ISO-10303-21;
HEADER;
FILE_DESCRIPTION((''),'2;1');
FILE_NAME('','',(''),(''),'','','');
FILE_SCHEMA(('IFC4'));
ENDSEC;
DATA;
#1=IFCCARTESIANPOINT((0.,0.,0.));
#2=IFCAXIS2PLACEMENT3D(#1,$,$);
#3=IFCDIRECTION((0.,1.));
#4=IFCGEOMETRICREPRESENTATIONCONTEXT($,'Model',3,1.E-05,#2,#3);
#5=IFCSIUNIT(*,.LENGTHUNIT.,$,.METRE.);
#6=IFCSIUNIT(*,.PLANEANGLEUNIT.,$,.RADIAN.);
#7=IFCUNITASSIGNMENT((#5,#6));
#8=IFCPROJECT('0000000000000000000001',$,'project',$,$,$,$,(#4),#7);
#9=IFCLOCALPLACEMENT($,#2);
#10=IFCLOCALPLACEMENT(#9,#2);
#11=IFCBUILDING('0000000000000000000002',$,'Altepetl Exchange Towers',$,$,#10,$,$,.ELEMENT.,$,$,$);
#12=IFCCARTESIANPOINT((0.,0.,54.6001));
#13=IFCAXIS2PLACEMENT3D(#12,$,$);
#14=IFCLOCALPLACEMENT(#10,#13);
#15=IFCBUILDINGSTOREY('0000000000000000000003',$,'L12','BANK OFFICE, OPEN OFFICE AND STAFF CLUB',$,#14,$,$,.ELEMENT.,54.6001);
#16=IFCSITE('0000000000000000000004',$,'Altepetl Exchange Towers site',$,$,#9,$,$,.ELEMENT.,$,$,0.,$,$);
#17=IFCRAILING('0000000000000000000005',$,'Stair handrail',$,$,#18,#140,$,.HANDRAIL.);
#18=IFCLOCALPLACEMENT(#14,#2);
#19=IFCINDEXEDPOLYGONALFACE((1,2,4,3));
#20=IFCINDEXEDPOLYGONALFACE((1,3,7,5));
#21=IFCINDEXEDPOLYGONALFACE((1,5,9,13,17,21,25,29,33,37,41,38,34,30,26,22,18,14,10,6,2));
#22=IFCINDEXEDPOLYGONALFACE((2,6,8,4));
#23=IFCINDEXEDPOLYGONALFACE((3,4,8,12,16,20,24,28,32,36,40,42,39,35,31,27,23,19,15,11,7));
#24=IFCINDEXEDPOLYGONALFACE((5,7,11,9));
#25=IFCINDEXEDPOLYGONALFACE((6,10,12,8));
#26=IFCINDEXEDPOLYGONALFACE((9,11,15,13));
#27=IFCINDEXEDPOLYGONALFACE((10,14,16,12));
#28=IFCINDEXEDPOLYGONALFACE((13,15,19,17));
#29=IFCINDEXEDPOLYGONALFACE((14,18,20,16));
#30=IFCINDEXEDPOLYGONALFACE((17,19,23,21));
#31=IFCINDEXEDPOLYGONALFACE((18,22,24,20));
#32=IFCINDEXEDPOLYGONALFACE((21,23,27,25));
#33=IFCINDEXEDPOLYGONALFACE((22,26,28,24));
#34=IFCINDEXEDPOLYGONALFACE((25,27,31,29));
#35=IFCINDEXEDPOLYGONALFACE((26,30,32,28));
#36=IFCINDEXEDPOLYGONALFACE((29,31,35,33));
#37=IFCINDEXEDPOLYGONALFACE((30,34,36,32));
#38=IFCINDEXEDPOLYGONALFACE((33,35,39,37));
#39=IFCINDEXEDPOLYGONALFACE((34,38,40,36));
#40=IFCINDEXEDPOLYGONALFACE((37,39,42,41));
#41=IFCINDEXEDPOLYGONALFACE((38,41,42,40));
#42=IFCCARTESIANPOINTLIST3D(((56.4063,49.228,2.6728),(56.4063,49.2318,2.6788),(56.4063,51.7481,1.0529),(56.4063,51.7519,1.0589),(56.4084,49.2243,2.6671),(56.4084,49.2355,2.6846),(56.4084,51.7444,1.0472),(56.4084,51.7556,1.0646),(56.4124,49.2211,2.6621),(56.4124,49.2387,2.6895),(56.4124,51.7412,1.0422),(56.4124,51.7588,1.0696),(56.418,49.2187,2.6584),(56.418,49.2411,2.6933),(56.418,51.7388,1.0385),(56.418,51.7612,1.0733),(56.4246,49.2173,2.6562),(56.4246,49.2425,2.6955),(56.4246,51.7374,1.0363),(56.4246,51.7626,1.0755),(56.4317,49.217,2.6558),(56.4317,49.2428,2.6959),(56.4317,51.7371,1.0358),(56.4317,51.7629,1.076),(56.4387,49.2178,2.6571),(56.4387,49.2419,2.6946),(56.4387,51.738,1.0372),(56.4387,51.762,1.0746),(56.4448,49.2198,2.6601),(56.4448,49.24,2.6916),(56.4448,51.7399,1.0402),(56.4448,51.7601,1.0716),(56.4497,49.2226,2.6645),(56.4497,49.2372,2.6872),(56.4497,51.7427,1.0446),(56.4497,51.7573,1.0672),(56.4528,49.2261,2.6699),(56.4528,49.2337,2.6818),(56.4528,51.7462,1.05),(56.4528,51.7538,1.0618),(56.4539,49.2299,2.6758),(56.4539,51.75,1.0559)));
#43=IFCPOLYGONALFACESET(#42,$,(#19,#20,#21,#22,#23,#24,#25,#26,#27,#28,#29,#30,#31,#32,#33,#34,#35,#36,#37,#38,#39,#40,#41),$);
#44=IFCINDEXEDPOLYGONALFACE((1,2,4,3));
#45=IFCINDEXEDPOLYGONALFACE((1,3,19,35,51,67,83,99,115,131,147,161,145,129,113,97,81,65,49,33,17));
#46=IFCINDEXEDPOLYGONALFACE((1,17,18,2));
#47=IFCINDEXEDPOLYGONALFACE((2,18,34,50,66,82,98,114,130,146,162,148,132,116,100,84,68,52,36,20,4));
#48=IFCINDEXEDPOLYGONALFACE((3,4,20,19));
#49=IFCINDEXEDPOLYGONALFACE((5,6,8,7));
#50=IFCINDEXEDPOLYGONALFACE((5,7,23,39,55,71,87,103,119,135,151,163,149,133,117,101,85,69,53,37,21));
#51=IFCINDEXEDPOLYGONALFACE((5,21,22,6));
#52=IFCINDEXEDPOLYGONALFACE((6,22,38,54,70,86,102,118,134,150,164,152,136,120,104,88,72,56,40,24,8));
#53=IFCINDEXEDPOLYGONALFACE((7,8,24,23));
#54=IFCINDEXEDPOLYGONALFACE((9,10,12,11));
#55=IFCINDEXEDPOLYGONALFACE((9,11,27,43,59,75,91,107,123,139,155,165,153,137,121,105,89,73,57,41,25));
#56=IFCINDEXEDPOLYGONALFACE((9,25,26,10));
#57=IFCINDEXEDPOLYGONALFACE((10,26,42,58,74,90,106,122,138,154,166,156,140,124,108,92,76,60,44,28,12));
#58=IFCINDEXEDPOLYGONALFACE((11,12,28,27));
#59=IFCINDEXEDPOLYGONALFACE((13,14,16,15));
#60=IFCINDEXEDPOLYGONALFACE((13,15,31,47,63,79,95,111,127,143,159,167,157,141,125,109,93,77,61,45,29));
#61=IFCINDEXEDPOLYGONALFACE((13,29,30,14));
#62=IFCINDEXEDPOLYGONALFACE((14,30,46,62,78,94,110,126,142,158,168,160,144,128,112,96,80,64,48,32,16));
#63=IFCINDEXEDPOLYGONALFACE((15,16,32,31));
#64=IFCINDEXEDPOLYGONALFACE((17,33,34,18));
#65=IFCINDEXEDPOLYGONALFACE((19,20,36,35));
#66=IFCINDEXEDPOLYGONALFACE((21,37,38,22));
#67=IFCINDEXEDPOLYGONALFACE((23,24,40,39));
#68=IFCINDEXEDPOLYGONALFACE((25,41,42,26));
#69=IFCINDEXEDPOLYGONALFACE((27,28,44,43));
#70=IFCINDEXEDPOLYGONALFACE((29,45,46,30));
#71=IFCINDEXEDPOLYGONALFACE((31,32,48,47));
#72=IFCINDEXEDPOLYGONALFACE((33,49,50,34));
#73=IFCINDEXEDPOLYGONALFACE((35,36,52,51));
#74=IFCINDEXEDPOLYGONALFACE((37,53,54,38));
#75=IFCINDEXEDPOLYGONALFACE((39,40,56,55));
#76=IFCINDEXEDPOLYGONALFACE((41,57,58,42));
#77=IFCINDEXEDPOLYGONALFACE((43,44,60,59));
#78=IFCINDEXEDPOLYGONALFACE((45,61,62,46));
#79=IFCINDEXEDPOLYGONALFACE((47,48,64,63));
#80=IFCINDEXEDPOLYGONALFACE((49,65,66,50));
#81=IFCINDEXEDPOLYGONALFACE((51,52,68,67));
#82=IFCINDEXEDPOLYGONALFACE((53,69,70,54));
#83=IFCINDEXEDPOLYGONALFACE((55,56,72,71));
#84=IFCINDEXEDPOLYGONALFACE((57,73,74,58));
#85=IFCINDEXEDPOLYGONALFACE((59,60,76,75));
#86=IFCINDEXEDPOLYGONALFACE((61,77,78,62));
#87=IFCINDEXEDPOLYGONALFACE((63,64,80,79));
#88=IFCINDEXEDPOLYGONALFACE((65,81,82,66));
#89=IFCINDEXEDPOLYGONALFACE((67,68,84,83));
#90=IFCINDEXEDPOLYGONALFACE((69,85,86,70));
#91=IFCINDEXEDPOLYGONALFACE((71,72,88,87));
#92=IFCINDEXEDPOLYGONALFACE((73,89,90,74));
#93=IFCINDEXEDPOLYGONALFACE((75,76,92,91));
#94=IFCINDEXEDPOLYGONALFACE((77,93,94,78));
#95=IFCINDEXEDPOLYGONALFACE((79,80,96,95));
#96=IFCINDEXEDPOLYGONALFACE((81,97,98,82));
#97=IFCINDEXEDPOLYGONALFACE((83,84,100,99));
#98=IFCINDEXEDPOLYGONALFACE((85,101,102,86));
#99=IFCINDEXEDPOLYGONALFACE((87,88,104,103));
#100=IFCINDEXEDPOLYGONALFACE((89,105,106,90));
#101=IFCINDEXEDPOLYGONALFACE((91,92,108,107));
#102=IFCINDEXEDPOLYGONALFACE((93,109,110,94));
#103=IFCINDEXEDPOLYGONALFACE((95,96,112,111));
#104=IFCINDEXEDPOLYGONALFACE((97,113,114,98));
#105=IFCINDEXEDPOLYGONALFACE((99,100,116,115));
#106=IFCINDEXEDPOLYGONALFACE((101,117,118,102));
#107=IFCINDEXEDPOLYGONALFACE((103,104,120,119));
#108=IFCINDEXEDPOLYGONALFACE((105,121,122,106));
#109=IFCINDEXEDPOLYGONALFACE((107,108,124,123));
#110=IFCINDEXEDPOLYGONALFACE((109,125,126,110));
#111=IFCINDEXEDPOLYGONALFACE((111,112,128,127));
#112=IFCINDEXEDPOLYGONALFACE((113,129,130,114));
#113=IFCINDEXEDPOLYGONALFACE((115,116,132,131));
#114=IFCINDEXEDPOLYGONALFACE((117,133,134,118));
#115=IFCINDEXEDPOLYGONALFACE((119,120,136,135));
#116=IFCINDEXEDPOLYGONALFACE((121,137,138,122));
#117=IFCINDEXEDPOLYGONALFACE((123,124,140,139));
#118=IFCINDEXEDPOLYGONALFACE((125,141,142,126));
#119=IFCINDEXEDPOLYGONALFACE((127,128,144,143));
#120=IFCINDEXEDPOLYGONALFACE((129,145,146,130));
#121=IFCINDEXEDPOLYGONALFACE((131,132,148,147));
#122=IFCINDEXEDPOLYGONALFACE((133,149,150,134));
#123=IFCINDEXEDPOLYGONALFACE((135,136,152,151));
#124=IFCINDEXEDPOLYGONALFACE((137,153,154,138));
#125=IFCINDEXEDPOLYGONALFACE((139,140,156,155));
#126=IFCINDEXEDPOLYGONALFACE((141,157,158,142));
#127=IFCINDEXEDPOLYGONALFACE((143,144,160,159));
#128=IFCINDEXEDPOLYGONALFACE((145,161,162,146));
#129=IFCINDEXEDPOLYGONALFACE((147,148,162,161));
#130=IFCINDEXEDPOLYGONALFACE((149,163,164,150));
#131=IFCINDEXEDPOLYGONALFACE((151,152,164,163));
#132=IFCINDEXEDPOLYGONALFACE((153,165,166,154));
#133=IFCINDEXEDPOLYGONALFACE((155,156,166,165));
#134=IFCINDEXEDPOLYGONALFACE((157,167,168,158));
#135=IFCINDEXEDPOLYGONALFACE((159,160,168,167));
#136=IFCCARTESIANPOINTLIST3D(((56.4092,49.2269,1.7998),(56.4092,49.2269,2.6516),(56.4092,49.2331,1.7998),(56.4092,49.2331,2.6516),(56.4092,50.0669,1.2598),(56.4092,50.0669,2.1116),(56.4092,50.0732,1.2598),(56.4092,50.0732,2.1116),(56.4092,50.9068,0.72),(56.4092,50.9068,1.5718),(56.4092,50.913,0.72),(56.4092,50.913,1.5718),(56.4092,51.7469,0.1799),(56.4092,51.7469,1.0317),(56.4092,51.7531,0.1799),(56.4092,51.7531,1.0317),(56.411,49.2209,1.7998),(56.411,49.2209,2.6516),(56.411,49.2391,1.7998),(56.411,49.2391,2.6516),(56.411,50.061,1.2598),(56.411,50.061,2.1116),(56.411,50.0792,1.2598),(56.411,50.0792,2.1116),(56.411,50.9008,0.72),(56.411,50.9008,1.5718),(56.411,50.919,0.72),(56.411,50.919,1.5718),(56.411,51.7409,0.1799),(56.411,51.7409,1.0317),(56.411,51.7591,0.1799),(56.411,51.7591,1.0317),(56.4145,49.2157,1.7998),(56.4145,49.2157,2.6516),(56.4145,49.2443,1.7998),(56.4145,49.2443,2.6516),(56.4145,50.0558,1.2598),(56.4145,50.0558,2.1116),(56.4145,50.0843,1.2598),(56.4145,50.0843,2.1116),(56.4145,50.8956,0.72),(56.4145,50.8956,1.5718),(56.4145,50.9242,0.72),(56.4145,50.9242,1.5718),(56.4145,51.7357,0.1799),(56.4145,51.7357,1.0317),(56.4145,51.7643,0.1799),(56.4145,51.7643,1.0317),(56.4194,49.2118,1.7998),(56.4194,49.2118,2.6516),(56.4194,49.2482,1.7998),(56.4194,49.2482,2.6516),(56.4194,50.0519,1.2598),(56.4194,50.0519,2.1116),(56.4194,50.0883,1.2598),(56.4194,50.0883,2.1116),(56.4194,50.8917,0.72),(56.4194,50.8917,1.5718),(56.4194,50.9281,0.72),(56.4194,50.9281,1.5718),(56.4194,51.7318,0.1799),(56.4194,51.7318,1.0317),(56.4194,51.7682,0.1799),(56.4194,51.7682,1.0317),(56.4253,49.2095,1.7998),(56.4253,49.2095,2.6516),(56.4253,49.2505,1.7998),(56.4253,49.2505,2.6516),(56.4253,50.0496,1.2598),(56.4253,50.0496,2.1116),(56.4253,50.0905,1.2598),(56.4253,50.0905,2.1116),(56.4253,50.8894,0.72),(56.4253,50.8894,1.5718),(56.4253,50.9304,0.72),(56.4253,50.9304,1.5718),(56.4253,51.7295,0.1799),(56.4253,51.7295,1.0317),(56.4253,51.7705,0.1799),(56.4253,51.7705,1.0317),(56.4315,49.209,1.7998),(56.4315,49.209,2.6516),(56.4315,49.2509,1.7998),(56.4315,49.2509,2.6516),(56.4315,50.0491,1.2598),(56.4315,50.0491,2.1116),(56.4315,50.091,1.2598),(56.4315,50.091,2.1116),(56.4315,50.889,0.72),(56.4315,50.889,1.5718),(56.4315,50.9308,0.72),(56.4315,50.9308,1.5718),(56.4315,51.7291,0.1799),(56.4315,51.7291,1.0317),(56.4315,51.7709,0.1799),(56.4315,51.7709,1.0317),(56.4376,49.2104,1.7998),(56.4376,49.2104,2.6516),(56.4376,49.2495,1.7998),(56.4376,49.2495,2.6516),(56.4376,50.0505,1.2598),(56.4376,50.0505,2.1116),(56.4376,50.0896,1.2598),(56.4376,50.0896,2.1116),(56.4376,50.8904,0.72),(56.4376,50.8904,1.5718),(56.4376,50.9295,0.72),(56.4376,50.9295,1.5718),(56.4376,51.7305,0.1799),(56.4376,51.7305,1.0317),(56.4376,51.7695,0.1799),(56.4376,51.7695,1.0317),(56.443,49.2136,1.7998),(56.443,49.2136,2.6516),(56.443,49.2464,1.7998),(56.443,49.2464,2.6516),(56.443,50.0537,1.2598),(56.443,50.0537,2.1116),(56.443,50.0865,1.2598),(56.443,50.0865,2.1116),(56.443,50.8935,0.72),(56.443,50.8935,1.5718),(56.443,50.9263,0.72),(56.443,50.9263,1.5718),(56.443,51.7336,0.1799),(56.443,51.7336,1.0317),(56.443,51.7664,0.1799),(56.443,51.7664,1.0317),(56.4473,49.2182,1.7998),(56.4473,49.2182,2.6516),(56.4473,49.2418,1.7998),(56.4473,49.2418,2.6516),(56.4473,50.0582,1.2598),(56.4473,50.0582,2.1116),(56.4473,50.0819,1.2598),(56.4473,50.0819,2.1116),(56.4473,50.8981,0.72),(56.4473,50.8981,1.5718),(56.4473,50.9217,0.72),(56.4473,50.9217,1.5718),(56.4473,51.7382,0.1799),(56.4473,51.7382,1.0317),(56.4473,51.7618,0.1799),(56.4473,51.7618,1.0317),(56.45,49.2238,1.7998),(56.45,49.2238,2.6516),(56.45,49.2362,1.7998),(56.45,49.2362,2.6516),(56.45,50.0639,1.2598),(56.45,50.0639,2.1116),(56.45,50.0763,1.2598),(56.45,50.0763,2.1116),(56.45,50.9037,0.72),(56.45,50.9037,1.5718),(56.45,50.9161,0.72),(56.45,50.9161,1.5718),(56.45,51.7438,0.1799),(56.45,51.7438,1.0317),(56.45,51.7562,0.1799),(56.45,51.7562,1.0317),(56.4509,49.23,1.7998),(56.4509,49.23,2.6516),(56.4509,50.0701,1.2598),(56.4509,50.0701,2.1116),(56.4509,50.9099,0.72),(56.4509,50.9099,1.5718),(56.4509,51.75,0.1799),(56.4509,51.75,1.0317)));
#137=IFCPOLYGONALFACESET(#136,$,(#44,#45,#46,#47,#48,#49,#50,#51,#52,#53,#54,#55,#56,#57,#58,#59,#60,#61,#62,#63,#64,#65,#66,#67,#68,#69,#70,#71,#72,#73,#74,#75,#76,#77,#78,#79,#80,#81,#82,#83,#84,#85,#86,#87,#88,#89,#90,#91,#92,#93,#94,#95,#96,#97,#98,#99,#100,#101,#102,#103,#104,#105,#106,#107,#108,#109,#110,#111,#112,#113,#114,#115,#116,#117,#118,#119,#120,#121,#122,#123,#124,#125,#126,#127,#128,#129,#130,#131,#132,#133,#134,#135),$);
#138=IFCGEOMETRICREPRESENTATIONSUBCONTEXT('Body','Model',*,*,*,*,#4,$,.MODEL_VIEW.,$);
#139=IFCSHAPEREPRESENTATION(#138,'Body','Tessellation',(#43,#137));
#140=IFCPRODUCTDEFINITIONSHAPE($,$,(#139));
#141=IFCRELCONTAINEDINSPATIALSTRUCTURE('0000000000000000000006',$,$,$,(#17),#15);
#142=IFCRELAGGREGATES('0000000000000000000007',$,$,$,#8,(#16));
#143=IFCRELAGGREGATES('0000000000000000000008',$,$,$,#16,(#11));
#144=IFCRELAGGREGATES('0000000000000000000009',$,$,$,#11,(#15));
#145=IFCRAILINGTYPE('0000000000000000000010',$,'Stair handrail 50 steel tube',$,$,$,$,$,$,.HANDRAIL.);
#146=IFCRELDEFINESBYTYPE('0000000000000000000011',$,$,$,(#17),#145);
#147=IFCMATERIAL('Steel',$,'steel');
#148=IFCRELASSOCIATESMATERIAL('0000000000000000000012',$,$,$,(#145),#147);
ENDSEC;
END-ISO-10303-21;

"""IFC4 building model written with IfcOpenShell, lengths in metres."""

from ifc_helpers import new_model, si_unit, direction, frame, origin, origin_2d, place, context, subcontext, project, spatial, circle, extrude, source, transform, mapped, material, type_object, element, save


model = new_model("IFC4")

# Units and contexts
model_context = context("Model", 3, precision=1e-05, world=origin(), true_north=direction((0.0, 1.0)))
body_context = subcontext(model_context, "Body", "Model", "MODEL_VIEW")
ifc_project = project(units=[si_unit("LENGTHUNIT", "METRE"), si_unit("PLANEANGLEUNIT", "RADIAN")], contexts=[model_context])

# Site, building, storey
site_placement = place(None, origin())
site = spatial("IfcSite", under=ifc_project, at=site_placement, Name="Altepetl Exchange Towers site", CompositionType="ELEMENT", RefElevation=0.0)
building_placement = place(site_placement, origin())
building = spatial("IfcBuilding", under=site, at=building_placement, Name="Altepetl Exchange Towers", CompositionType="ELEMENT")
storey_placement = place(building_placement, frame((0.0, 0.0, 54.6001)))
storey = spatial("IfcBuildingStorey", under=building, at=storey_placement, Name="L12", Description="BANK OFFICE, OPEN OFFICE AND STAFF CLUB", CompositionType="ELEMENT", Elevation=54.6001)

# Railing
ifc_material_1 = material(Name="Steel", Category="steel")
railing_type = type_object("IfcRailingType", Name="Stair handrail 50 steel tube", PredefinedType="HANDRAIL", material=ifc_material_1)
shared_shape = source(origin(), body_context, "Body", "SweptSolid", [
    extrude(circle(Radius=0.021, at=origin_2d()), origin(), (0.0, 0.0, 1.0), 0.8518),
])
railing_1_placement = place(storey_placement, frame((56.4299, 51.75, 0.1799)))
element("IfcRailing", 1, at=railing_1_placement, inside=storey, type_object=railing_type, Name="Stair handrail", PredefinedType="HANDRAIL", context=body_context, shape_type="SweptSolid", body=[
    extrude(circle(Radius=0.0239, at=origin_2d()), frame((0.0, 0.0, 0.876), z_axis=(0.0, -0.8412, 0.540725), x_axis=(1.0, 0.0, 0.0)), (0.0, 0.0, 1.0), 2.9958),
    mapped(shared_shape, transform((0.0, 0.0, 0.0))),
    mapped(shared_shape, transform((0.0, -0.8401, 0.54))),
    mapped(shared_shape, transform((0.0, -1.6799, 1.0798))),
    mapped(shared_shape, transform((0.0, -2.52, 1.6199))),
])

save(model, "model.ifc")
